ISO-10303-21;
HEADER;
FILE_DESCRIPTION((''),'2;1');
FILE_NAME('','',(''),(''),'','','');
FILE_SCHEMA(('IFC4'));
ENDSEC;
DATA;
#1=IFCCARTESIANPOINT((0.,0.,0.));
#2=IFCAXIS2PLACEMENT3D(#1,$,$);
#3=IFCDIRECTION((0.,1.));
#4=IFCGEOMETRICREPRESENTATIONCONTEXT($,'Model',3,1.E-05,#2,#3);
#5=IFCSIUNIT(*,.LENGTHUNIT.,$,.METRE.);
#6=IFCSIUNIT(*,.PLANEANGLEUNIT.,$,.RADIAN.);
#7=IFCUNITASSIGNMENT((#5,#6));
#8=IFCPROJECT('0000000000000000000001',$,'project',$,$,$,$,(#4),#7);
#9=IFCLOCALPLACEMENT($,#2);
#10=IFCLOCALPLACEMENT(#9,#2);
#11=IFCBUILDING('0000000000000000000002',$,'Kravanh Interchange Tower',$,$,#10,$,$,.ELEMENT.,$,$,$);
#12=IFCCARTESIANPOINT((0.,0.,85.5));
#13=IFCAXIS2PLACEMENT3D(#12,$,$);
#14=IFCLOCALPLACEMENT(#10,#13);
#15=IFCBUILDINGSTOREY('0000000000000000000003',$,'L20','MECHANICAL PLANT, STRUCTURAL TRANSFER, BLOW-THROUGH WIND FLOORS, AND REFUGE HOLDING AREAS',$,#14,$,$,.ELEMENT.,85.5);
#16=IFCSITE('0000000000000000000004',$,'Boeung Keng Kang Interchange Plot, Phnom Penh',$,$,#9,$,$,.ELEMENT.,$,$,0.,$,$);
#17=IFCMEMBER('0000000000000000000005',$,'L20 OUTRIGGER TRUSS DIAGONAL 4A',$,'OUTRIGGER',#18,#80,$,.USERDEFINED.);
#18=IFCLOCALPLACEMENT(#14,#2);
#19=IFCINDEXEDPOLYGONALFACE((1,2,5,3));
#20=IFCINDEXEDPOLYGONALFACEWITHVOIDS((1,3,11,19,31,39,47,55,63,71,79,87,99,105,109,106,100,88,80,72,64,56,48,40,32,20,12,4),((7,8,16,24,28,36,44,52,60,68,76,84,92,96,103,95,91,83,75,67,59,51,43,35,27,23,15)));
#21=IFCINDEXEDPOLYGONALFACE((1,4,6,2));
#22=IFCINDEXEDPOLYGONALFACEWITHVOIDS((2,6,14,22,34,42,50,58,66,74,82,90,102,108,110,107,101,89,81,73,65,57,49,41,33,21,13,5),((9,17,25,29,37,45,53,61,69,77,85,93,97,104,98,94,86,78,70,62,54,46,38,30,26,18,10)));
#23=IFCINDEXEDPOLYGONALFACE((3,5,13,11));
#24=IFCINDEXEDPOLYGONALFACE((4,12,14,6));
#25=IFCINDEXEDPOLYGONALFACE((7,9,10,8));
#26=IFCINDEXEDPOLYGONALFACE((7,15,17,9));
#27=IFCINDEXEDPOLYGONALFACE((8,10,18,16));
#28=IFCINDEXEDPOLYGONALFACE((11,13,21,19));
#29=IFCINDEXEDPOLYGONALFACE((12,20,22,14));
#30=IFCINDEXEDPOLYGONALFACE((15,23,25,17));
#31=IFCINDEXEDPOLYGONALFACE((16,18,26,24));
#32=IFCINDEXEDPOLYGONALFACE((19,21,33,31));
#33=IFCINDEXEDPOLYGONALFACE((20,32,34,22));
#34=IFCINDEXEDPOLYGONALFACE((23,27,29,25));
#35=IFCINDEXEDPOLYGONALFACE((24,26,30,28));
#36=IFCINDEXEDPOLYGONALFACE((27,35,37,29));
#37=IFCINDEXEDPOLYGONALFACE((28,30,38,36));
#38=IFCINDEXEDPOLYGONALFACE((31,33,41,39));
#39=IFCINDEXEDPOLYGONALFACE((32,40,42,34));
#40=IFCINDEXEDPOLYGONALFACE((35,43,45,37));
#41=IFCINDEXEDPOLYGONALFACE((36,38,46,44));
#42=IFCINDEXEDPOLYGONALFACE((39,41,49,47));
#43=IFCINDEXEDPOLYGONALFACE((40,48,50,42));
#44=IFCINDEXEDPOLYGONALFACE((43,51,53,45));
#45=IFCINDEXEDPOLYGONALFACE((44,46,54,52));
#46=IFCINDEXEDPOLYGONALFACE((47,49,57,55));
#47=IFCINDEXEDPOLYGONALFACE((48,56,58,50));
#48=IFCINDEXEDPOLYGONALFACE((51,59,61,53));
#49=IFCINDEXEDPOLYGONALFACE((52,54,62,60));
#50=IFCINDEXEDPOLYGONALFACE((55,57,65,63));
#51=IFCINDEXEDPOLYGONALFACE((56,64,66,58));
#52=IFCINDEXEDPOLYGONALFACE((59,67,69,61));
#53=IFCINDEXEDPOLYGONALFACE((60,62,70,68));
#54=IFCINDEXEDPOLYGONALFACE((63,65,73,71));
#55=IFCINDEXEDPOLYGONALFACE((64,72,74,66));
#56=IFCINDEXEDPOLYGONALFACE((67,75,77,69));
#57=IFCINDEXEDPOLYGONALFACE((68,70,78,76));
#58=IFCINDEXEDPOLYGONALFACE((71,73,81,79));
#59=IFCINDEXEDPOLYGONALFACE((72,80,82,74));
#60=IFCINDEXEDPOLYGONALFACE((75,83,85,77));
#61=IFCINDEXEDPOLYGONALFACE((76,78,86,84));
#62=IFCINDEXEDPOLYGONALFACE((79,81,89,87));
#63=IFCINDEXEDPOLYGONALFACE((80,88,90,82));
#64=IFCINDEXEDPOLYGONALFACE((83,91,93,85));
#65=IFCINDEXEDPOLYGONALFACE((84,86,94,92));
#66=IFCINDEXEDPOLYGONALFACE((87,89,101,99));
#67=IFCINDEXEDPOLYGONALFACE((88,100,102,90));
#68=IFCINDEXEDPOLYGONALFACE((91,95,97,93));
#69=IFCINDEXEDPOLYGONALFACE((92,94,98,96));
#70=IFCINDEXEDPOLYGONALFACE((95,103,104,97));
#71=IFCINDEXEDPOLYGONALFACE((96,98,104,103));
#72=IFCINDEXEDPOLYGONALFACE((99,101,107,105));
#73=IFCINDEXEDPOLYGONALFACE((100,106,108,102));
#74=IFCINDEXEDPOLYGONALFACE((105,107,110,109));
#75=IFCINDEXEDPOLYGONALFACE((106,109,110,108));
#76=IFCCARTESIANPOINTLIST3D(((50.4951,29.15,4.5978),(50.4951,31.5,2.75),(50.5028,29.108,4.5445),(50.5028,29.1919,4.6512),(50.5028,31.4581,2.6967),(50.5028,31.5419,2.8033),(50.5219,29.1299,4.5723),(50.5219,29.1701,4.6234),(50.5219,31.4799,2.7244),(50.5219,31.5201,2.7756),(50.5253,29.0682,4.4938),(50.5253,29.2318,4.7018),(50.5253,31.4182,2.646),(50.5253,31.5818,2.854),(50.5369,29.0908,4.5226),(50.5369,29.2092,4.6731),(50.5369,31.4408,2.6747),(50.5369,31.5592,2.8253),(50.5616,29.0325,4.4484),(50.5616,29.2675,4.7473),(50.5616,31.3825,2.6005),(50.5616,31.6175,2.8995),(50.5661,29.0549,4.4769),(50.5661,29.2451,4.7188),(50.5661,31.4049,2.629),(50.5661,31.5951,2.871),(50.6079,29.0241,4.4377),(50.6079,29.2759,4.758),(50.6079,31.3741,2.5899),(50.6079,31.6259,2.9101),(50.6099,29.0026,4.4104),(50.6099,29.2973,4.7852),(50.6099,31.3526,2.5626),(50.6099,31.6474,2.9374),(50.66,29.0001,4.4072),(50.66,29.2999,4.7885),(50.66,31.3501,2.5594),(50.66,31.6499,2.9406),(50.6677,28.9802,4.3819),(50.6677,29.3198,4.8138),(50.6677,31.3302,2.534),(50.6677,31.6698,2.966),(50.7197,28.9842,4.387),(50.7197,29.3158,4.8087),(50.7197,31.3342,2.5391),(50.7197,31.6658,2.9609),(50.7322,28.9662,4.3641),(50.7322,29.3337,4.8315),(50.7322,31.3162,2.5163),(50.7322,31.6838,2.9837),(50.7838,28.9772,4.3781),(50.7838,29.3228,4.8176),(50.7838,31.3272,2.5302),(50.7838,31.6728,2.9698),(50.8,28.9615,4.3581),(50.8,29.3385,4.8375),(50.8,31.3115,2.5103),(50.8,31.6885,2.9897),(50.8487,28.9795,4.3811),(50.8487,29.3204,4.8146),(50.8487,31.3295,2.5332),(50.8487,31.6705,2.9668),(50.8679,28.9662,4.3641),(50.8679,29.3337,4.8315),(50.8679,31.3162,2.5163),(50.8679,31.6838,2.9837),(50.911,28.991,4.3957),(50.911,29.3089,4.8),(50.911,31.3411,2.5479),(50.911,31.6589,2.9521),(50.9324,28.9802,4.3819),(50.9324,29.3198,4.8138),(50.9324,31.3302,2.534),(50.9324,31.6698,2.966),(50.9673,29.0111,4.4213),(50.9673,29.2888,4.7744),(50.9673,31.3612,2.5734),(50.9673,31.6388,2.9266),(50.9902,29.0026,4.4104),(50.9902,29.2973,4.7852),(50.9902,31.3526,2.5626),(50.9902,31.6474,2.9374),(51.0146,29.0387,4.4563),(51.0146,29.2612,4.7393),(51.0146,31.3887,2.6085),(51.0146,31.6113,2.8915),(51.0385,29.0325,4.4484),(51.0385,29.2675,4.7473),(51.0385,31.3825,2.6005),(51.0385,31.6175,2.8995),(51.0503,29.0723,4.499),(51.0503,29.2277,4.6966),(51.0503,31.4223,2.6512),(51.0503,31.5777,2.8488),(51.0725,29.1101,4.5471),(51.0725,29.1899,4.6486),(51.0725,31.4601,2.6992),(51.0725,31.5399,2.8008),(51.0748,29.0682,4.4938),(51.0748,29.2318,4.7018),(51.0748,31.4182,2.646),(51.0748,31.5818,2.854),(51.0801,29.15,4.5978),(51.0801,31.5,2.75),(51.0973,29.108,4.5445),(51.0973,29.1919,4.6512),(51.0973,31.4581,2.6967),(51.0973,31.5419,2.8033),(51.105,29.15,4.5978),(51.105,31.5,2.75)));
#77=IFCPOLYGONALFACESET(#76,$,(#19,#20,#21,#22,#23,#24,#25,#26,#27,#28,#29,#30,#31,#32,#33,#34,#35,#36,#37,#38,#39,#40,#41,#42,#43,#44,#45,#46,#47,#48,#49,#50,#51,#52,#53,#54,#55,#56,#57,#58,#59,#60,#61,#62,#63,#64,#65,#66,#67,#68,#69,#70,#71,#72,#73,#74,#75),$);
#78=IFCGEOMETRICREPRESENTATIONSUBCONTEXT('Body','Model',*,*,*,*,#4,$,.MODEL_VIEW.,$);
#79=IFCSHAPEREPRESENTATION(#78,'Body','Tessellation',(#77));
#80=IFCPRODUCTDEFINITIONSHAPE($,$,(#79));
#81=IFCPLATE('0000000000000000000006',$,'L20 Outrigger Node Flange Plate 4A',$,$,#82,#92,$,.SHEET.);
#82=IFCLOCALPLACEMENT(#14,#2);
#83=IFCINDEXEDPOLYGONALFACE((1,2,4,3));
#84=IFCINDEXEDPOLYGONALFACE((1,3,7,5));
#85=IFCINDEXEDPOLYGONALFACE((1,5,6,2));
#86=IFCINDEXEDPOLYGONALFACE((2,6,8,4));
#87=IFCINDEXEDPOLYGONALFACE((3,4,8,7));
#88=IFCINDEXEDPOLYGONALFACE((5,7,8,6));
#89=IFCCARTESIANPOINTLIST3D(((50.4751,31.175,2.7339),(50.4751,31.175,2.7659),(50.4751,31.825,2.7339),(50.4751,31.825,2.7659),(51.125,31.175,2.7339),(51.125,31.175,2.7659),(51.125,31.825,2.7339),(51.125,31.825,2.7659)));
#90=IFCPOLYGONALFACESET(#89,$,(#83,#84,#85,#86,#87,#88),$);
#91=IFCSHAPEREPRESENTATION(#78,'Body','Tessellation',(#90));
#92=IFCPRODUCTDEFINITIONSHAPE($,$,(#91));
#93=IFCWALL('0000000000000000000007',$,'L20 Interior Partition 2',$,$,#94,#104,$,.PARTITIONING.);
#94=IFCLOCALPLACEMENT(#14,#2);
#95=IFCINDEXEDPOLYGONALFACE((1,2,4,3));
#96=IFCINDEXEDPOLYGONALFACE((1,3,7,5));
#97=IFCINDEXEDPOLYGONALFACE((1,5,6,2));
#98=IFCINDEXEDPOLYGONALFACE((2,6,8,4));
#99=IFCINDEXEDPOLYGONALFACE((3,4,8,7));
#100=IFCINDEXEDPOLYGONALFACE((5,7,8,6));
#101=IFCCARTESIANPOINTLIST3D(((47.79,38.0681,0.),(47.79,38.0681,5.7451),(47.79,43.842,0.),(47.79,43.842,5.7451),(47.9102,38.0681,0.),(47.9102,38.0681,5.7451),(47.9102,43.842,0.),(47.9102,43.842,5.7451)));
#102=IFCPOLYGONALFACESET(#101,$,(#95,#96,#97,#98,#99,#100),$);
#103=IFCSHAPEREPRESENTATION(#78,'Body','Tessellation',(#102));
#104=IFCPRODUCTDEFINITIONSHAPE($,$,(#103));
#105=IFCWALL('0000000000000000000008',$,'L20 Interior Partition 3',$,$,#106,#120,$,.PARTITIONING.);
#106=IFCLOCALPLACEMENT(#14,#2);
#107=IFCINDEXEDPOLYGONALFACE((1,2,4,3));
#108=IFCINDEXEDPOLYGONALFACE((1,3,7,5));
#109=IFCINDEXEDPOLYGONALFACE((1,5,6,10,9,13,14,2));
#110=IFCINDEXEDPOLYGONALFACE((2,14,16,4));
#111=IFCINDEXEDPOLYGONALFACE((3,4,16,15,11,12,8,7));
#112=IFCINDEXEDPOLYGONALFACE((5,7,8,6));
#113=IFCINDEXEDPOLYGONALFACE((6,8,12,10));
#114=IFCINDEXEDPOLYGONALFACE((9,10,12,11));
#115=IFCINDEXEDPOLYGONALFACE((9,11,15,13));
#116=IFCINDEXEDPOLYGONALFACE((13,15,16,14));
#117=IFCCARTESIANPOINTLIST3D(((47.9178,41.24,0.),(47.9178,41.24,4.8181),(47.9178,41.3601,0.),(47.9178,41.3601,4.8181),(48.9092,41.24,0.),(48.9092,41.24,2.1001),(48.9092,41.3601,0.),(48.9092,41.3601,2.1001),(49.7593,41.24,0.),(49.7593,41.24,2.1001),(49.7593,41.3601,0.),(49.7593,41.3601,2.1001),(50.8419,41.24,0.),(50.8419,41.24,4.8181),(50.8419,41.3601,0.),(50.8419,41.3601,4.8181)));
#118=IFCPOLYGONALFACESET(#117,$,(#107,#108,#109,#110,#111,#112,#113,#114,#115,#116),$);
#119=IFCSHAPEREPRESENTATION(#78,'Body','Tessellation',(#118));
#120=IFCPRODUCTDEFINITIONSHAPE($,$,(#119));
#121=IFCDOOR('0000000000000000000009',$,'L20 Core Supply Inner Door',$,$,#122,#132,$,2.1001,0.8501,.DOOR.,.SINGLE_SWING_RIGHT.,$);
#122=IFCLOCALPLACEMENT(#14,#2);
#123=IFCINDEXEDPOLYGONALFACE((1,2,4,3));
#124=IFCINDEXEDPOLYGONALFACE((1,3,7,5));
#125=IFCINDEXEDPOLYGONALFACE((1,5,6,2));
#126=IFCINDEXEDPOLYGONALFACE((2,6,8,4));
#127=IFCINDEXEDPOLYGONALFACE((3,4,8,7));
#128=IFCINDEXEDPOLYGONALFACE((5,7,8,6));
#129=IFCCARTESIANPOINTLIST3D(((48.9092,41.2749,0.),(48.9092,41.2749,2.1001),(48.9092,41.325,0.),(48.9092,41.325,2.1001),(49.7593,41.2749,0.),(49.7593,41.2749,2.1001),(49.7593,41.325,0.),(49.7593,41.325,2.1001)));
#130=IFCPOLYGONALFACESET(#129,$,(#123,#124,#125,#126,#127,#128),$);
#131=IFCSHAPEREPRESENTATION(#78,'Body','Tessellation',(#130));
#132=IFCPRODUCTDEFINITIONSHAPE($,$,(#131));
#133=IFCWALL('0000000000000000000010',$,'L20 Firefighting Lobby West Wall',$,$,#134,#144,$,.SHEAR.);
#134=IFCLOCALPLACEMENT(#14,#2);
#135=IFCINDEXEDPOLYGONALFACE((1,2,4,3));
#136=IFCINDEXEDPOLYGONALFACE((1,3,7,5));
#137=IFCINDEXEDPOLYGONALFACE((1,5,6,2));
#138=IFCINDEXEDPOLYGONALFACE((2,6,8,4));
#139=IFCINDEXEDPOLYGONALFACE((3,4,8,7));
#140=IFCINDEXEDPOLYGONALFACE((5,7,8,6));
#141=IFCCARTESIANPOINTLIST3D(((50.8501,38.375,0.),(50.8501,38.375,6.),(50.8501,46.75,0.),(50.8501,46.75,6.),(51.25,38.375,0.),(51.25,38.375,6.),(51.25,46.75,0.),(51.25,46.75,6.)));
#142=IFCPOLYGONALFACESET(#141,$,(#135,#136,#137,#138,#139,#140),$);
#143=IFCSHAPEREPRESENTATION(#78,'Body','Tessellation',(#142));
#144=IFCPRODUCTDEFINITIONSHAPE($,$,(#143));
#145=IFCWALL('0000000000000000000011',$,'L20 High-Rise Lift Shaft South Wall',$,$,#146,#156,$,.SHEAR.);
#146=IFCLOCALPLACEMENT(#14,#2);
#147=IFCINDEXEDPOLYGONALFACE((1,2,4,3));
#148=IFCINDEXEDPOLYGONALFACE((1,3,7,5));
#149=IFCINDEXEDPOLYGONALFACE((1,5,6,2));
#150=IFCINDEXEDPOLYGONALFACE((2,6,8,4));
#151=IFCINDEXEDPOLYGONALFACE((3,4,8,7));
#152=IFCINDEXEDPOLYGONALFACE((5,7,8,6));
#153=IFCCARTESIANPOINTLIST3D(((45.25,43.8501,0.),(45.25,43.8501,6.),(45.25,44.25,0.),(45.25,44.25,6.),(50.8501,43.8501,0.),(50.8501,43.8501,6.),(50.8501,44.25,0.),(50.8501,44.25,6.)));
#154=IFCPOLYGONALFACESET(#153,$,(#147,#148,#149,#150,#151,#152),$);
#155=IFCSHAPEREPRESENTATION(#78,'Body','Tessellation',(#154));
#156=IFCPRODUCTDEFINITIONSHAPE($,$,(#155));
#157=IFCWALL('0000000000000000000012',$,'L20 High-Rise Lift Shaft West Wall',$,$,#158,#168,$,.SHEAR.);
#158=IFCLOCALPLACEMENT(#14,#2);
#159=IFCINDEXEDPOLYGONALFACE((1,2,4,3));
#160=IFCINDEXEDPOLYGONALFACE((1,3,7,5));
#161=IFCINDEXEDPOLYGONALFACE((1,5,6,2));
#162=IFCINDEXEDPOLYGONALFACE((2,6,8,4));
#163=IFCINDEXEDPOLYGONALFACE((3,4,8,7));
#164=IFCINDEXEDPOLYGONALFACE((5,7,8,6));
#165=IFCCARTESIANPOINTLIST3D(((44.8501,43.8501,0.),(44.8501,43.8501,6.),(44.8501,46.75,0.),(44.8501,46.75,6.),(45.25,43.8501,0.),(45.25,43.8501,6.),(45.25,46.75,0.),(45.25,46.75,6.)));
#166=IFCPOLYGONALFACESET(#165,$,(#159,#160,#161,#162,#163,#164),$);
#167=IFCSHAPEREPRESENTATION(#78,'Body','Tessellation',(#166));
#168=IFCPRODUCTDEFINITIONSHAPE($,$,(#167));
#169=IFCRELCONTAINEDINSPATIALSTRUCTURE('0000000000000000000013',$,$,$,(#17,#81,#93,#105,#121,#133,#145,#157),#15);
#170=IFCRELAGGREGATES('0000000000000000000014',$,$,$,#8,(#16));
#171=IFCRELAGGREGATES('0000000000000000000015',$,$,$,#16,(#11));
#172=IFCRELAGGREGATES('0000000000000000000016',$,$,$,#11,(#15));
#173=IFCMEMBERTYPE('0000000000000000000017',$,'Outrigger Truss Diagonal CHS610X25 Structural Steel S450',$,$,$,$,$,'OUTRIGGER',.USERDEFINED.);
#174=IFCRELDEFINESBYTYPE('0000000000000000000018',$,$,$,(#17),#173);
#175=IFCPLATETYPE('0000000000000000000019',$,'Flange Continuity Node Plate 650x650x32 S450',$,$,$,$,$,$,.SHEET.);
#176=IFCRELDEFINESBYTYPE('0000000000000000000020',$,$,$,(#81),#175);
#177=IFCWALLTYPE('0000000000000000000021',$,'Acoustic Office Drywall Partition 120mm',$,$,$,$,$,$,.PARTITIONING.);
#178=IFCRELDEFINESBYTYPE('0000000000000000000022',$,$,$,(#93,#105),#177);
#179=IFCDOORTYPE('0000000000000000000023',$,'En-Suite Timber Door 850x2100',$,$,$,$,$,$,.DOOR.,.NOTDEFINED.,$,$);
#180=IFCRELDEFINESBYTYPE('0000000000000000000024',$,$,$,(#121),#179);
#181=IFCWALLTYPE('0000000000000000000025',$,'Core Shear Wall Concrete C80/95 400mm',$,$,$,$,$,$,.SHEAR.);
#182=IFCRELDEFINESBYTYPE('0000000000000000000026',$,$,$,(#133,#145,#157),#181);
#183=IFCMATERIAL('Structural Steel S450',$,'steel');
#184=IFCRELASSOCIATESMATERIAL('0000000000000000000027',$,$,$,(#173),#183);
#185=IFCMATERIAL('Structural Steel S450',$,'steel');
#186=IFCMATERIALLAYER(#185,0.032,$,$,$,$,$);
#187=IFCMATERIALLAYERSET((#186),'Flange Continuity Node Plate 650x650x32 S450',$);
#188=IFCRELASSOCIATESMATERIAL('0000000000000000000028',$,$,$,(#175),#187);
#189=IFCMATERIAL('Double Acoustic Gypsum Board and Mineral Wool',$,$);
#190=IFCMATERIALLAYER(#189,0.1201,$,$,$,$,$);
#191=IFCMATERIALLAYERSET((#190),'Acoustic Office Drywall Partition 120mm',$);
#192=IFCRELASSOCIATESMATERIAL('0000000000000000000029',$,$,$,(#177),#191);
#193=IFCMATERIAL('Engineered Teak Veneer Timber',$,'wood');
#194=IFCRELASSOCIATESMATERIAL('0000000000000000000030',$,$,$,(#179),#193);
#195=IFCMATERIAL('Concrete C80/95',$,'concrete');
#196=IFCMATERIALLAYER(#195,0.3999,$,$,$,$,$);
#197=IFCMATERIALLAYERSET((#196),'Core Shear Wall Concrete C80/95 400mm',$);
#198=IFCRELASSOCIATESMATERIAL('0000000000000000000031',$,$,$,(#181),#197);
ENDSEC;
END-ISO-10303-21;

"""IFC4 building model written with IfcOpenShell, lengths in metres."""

from ifc_helpers import new_model, si_unit, direction, frame, frame_2d, origin, origin_2d, place, context, subcontext, project, spatial, rectangle, hollow_circle, extrude, material, layer, layer_set, material_profile, profile_set, type_object, element, fill, save


model = new_model("IFC4")

# Units and contexts
model_context = context("Model", 3, precision=1e-05, world=origin(), true_north=direction((0.0, 1.0)))
body_context = subcontext(model_context, "Body", "Model", "MODEL_VIEW")
ifc_project = project(units=[si_unit("LENGTHUNIT", "METRE"), si_unit("PLANEANGLEUNIT", "RADIAN")], contexts=[model_context])

# Site, building, storey
site_placement = place(None, origin())
site = spatial("IfcSite", under=ifc_project, at=site_placement, Name="Boeung Keng Kang Interchange Plot, Phnom Penh", CompositionType="ELEMENT", RefElevation=0.0)
building_placement = place(site_placement, origin())
building = spatial("IfcBuilding", under=site, at=building_placement, Name="Kravanh Interchange Tower", CompositionType="ELEMENT")
storey_placement = place(building_placement, frame((0.0, 0.0, 85.5)))
storey = spatial("IfcBuildingStorey", under=building, at=storey_placement, Name="L20", Description="MECHANICAL PLANT, STRUCTURAL TRANSFER, BLOW-THROUGH WIND FLOORS, AND REFUGE HOLDING AREAS", CompositionType="ELEMENT", Elevation=85.5)

# Member
ifc_material_1 = material(Name="Structural Steel S450", Category="steel")
ifc_material_profile_1 = material_profile(ifc_material_1, hollow_circle(Radius=0.3049, WallThickness=0.0249, at=origin_2d()), Name="CHS610X25")
ifc_profile_set_1 = profile_set([ifc_material_profile_1], Name="Structural Steel S450")
member_type_1 = type_object("IfcMemberType", Name="Outrigger Truss Diagonal CHS610X25 Structural Steel S450", ElementType="OUTRIGGER", PredefinedType="USERDEFINED", material=ifc_profile_set_1)
member_1_placement = place(storey_placement, frame((50.8, 31.5, 2.75), z_axis=(0.0, -0.786092, 0.61811), x_axis=(1.0, 0.0, 0.0)))
element("IfcMember", 1, at=member_1_placement, inside=storey, type_object=member_type_1, Name="L20 OUTRIGGER TRUSS DIAGONAL 4A", ObjectType="OUTRIGGER", PredefinedType="USERDEFINED", context=body_context, shape_type="SweptSolid", body=[
    extrude(hollow_circle(Radius=0.3049, WallThickness=0.0249, at=origin_2d()), origin(), (0.0, 0.0, 1.0), 2.9895),
])

# Plate
ifc_material_2 = material(Name="Structural Steel S450", Category="steel")
ifc_layer_1 = layer(ifc_material_2, 0.032)
ifc_layer_set_1 = layer_set([ifc_layer_1], Name="Flange Continuity Node Plate 650x650x32 S450")
plate_type = type_object("IfcPlateType", Name="Flange Continuity Node Plate 650x650x32 S450", PredefinedType="SHEET", material=ifc_layer_set_1)
plate_placement = place(storey_placement, frame((50.8, 31.5, 2.7339), z_axis=(0.0, 0.0, 1.0), x_axis=(1.0, 0.0, 0.0)))
element("IfcPlate", 2, at=plate_placement, inside=storey, type_object=plate_type, Name="L20 Outrigger Node Flange Plate 4A", PredefinedType="SHEET", context=body_context, shape_type="SweptSolid", body=[
    extrude(rectangle(XDim=0.6499, YDim=0.6499, at=origin_2d()), origin(), (0.0, 0.0, 1.0), 0.032),
])

# Wall
ifc_material_3 = material(Name="Double Acoustic Gypsum Board and Mineral Wool")
ifc_layer_2 = layer(ifc_material_3, 0.1201)
ifc_layer_set_2 = layer_set([ifc_layer_2], Name="Acoustic Office Drywall Partition 120mm")
wall_type_1 = type_object("IfcWallType", Name="Acoustic Office Drywall Partition 120mm", PredefinedType="PARTITIONING", material=ifc_layer_set_2)
wall_1_placement = place(storey_placement, frame((47.8501, 38.0681, 0.0), z_axis=(0.0, 0.0, 1.0), x_axis=(0.0, 1.0, 0.0)))
element("IfcWall", 3, at=wall_1_placement, inside=storey, type_object=wall_type_1, Name="L20 Interior Partition 2", PredefinedType="PARTITIONING", context=body_context, shape_type="SweptSolid", body=[
    extrude(rectangle(XDim=5.7739, YDim=0.1201, at=frame_2d((2.887, 0.0))), origin(), (0.0, 0.0, 1.0), 5.7451),
])

# Wall, opening, door
wall_2_placement = place(storey_placement, frame((47.918, 41.3, 0.0), z_axis=(0.0, 0.0, 1.0), x_axis=(1.0, 0.0, 0.0)))
wall_2 = element("IfcWall", 4, at=wall_2_placement, inside=storey, type_object=wall_type_1, Name="L20 Interior Partition 3", PredefinedType="PARTITIONING", context=body_context, shape_type="SweptSolid", body=[
    extrude(rectangle(XDim=2.9241, YDim=0.1201, at=frame_2d((1.4619, 0.0))), origin(), (0.0, 0.0, 1.0), 4.8181),
])
opening_1_placement = place(wall_2_placement, frame((0.9912, 0.0, 0.0)))
opening_1 = element("IfcOpeningElement", 5, at=opening_1_placement, cuts=wall_2, PredefinedType="OPENING", context=body_context, shape_type="SweptSolid", body=[
    extrude(rectangle(XDim=0.8501, YDim=2.1001, at=frame_2d((0.425, 1.05))), frame((0.0, 0.0701, 0.0), z_axis=(0.0, -1.0, 0.0), x_axis=(1.0, 0.0, 0.0)), (0.0, 0.0, 1.0), 0.1401),
])
ifc_material_4 = material(Name="Engineered Teak Veneer Timber", Category="wood")
door_type_1 = type_object("IfcDoorType", Name="En-Suite Timber Door 850x2100", OperationType="NOTDEFINED", PredefinedType="DOOR", material=ifc_material_4)
door_1_placement = place(opening_1_placement, origin())
door_1 = element("IfcDoor", 6, at=door_1_placement, inside=storey, type_object=door_type_1, Name="L20 Core Supply Inner Door", OperationType="SINGLE_SWING_RIGHT", OverallHeight=2.1001, OverallWidth=0.8501, PredefinedType="DOOR", context=body_context, shape_type="SweptSolid", body=[
    extrude(rectangle(XDim=0.8501, YDim=2.1001, at=frame_2d((0.425, 1.05))), frame((0.0, 0.0249, 0.0), z_axis=(0.0, -1.0, 0.0), x_axis=(1.0, 0.0, 0.0)), (0.0, 0.0, 1.0), 0.05),
])
fill(opening_1, door_1)

# Walls
ifc_material_5 = material(Name="Concrete C80/95", Category="concrete")
ifc_layer_3 = layer(ifc_material_5, 0.3999)
ifc_layer_set_3 = layer_set([ifc_layer_3], Name="Core Shear Wall Concrete C80/95 400mm")
wall_type_2 = type_object("IfcWallType", Name="Core Shear Wall Concrete C80/95 400mm", PredefinedType="SHEAR", material=ifc_layer_set_3)
wall_3_placement = place(storey_placement, frame((51.05, 38.375, 0.0), z_axis=(0.0, 0.0, 1.0), x_axis=(0.0, 1.0, 0.0)))
element("IfcWall", 7, at=wall_3_placement, inside=storey, type_object=wall_type_2, Name="L20 Firefighting Lobby West Wall", PredefinedType="SHEAR", context=body_context, shape_type="SweptSolid", body=[
    extrude(rectangle(XDim=8.375, YDim=0.3999, at=frame_2d((4.1875, 0.0))), origin(), (0.0, 0.0, 1.0), 6.0),
])
wall_4_placement = place(storey_placement, frame((45.25, 44.05, 0.0), z_axis=(0.0, 0.0, 1.0), x_axis=(1.0, 0.0, 0.0)))
element("IfcWall", 8, at=wall_4_placement, inside=storey, type_object=wall_type_2, Name="L20 High-Rise Lift Shaft South Wall", PredefinedType="SHEAR", context=body_context, shape_type="SweptSolid", body=[
    extrude(rectangle(XDim=5.6001, YDim=0.3999, at=frame_2d((2.8, 0.0))), origin(), (0.0, 0.0, 1.0), 6.0),
])
wall_5_placement = place(storey_placement, frame((45.05, 43.8501, 0.0), z_axis=(0.0, 0.0, 1.0), x_axis=(0.0, 1.0, 0.0)))
element("IfcWall", 9, at=wall_5_placement, inside=storey, type_object=wall_type_2, Name="L20 High-Rise Lift Shaft West Wall", PredefinedType="SHEAR", context=body_context, shape_type="SweptSolid", body=[
    extrude(rectangle(XDim=2.8999, YDim=0.3999, at=frame_2d((1.45, 0.0))), origin(), (0.0, 0.0, 1.0), 6.0),
])

save(model, "model.ifc")
